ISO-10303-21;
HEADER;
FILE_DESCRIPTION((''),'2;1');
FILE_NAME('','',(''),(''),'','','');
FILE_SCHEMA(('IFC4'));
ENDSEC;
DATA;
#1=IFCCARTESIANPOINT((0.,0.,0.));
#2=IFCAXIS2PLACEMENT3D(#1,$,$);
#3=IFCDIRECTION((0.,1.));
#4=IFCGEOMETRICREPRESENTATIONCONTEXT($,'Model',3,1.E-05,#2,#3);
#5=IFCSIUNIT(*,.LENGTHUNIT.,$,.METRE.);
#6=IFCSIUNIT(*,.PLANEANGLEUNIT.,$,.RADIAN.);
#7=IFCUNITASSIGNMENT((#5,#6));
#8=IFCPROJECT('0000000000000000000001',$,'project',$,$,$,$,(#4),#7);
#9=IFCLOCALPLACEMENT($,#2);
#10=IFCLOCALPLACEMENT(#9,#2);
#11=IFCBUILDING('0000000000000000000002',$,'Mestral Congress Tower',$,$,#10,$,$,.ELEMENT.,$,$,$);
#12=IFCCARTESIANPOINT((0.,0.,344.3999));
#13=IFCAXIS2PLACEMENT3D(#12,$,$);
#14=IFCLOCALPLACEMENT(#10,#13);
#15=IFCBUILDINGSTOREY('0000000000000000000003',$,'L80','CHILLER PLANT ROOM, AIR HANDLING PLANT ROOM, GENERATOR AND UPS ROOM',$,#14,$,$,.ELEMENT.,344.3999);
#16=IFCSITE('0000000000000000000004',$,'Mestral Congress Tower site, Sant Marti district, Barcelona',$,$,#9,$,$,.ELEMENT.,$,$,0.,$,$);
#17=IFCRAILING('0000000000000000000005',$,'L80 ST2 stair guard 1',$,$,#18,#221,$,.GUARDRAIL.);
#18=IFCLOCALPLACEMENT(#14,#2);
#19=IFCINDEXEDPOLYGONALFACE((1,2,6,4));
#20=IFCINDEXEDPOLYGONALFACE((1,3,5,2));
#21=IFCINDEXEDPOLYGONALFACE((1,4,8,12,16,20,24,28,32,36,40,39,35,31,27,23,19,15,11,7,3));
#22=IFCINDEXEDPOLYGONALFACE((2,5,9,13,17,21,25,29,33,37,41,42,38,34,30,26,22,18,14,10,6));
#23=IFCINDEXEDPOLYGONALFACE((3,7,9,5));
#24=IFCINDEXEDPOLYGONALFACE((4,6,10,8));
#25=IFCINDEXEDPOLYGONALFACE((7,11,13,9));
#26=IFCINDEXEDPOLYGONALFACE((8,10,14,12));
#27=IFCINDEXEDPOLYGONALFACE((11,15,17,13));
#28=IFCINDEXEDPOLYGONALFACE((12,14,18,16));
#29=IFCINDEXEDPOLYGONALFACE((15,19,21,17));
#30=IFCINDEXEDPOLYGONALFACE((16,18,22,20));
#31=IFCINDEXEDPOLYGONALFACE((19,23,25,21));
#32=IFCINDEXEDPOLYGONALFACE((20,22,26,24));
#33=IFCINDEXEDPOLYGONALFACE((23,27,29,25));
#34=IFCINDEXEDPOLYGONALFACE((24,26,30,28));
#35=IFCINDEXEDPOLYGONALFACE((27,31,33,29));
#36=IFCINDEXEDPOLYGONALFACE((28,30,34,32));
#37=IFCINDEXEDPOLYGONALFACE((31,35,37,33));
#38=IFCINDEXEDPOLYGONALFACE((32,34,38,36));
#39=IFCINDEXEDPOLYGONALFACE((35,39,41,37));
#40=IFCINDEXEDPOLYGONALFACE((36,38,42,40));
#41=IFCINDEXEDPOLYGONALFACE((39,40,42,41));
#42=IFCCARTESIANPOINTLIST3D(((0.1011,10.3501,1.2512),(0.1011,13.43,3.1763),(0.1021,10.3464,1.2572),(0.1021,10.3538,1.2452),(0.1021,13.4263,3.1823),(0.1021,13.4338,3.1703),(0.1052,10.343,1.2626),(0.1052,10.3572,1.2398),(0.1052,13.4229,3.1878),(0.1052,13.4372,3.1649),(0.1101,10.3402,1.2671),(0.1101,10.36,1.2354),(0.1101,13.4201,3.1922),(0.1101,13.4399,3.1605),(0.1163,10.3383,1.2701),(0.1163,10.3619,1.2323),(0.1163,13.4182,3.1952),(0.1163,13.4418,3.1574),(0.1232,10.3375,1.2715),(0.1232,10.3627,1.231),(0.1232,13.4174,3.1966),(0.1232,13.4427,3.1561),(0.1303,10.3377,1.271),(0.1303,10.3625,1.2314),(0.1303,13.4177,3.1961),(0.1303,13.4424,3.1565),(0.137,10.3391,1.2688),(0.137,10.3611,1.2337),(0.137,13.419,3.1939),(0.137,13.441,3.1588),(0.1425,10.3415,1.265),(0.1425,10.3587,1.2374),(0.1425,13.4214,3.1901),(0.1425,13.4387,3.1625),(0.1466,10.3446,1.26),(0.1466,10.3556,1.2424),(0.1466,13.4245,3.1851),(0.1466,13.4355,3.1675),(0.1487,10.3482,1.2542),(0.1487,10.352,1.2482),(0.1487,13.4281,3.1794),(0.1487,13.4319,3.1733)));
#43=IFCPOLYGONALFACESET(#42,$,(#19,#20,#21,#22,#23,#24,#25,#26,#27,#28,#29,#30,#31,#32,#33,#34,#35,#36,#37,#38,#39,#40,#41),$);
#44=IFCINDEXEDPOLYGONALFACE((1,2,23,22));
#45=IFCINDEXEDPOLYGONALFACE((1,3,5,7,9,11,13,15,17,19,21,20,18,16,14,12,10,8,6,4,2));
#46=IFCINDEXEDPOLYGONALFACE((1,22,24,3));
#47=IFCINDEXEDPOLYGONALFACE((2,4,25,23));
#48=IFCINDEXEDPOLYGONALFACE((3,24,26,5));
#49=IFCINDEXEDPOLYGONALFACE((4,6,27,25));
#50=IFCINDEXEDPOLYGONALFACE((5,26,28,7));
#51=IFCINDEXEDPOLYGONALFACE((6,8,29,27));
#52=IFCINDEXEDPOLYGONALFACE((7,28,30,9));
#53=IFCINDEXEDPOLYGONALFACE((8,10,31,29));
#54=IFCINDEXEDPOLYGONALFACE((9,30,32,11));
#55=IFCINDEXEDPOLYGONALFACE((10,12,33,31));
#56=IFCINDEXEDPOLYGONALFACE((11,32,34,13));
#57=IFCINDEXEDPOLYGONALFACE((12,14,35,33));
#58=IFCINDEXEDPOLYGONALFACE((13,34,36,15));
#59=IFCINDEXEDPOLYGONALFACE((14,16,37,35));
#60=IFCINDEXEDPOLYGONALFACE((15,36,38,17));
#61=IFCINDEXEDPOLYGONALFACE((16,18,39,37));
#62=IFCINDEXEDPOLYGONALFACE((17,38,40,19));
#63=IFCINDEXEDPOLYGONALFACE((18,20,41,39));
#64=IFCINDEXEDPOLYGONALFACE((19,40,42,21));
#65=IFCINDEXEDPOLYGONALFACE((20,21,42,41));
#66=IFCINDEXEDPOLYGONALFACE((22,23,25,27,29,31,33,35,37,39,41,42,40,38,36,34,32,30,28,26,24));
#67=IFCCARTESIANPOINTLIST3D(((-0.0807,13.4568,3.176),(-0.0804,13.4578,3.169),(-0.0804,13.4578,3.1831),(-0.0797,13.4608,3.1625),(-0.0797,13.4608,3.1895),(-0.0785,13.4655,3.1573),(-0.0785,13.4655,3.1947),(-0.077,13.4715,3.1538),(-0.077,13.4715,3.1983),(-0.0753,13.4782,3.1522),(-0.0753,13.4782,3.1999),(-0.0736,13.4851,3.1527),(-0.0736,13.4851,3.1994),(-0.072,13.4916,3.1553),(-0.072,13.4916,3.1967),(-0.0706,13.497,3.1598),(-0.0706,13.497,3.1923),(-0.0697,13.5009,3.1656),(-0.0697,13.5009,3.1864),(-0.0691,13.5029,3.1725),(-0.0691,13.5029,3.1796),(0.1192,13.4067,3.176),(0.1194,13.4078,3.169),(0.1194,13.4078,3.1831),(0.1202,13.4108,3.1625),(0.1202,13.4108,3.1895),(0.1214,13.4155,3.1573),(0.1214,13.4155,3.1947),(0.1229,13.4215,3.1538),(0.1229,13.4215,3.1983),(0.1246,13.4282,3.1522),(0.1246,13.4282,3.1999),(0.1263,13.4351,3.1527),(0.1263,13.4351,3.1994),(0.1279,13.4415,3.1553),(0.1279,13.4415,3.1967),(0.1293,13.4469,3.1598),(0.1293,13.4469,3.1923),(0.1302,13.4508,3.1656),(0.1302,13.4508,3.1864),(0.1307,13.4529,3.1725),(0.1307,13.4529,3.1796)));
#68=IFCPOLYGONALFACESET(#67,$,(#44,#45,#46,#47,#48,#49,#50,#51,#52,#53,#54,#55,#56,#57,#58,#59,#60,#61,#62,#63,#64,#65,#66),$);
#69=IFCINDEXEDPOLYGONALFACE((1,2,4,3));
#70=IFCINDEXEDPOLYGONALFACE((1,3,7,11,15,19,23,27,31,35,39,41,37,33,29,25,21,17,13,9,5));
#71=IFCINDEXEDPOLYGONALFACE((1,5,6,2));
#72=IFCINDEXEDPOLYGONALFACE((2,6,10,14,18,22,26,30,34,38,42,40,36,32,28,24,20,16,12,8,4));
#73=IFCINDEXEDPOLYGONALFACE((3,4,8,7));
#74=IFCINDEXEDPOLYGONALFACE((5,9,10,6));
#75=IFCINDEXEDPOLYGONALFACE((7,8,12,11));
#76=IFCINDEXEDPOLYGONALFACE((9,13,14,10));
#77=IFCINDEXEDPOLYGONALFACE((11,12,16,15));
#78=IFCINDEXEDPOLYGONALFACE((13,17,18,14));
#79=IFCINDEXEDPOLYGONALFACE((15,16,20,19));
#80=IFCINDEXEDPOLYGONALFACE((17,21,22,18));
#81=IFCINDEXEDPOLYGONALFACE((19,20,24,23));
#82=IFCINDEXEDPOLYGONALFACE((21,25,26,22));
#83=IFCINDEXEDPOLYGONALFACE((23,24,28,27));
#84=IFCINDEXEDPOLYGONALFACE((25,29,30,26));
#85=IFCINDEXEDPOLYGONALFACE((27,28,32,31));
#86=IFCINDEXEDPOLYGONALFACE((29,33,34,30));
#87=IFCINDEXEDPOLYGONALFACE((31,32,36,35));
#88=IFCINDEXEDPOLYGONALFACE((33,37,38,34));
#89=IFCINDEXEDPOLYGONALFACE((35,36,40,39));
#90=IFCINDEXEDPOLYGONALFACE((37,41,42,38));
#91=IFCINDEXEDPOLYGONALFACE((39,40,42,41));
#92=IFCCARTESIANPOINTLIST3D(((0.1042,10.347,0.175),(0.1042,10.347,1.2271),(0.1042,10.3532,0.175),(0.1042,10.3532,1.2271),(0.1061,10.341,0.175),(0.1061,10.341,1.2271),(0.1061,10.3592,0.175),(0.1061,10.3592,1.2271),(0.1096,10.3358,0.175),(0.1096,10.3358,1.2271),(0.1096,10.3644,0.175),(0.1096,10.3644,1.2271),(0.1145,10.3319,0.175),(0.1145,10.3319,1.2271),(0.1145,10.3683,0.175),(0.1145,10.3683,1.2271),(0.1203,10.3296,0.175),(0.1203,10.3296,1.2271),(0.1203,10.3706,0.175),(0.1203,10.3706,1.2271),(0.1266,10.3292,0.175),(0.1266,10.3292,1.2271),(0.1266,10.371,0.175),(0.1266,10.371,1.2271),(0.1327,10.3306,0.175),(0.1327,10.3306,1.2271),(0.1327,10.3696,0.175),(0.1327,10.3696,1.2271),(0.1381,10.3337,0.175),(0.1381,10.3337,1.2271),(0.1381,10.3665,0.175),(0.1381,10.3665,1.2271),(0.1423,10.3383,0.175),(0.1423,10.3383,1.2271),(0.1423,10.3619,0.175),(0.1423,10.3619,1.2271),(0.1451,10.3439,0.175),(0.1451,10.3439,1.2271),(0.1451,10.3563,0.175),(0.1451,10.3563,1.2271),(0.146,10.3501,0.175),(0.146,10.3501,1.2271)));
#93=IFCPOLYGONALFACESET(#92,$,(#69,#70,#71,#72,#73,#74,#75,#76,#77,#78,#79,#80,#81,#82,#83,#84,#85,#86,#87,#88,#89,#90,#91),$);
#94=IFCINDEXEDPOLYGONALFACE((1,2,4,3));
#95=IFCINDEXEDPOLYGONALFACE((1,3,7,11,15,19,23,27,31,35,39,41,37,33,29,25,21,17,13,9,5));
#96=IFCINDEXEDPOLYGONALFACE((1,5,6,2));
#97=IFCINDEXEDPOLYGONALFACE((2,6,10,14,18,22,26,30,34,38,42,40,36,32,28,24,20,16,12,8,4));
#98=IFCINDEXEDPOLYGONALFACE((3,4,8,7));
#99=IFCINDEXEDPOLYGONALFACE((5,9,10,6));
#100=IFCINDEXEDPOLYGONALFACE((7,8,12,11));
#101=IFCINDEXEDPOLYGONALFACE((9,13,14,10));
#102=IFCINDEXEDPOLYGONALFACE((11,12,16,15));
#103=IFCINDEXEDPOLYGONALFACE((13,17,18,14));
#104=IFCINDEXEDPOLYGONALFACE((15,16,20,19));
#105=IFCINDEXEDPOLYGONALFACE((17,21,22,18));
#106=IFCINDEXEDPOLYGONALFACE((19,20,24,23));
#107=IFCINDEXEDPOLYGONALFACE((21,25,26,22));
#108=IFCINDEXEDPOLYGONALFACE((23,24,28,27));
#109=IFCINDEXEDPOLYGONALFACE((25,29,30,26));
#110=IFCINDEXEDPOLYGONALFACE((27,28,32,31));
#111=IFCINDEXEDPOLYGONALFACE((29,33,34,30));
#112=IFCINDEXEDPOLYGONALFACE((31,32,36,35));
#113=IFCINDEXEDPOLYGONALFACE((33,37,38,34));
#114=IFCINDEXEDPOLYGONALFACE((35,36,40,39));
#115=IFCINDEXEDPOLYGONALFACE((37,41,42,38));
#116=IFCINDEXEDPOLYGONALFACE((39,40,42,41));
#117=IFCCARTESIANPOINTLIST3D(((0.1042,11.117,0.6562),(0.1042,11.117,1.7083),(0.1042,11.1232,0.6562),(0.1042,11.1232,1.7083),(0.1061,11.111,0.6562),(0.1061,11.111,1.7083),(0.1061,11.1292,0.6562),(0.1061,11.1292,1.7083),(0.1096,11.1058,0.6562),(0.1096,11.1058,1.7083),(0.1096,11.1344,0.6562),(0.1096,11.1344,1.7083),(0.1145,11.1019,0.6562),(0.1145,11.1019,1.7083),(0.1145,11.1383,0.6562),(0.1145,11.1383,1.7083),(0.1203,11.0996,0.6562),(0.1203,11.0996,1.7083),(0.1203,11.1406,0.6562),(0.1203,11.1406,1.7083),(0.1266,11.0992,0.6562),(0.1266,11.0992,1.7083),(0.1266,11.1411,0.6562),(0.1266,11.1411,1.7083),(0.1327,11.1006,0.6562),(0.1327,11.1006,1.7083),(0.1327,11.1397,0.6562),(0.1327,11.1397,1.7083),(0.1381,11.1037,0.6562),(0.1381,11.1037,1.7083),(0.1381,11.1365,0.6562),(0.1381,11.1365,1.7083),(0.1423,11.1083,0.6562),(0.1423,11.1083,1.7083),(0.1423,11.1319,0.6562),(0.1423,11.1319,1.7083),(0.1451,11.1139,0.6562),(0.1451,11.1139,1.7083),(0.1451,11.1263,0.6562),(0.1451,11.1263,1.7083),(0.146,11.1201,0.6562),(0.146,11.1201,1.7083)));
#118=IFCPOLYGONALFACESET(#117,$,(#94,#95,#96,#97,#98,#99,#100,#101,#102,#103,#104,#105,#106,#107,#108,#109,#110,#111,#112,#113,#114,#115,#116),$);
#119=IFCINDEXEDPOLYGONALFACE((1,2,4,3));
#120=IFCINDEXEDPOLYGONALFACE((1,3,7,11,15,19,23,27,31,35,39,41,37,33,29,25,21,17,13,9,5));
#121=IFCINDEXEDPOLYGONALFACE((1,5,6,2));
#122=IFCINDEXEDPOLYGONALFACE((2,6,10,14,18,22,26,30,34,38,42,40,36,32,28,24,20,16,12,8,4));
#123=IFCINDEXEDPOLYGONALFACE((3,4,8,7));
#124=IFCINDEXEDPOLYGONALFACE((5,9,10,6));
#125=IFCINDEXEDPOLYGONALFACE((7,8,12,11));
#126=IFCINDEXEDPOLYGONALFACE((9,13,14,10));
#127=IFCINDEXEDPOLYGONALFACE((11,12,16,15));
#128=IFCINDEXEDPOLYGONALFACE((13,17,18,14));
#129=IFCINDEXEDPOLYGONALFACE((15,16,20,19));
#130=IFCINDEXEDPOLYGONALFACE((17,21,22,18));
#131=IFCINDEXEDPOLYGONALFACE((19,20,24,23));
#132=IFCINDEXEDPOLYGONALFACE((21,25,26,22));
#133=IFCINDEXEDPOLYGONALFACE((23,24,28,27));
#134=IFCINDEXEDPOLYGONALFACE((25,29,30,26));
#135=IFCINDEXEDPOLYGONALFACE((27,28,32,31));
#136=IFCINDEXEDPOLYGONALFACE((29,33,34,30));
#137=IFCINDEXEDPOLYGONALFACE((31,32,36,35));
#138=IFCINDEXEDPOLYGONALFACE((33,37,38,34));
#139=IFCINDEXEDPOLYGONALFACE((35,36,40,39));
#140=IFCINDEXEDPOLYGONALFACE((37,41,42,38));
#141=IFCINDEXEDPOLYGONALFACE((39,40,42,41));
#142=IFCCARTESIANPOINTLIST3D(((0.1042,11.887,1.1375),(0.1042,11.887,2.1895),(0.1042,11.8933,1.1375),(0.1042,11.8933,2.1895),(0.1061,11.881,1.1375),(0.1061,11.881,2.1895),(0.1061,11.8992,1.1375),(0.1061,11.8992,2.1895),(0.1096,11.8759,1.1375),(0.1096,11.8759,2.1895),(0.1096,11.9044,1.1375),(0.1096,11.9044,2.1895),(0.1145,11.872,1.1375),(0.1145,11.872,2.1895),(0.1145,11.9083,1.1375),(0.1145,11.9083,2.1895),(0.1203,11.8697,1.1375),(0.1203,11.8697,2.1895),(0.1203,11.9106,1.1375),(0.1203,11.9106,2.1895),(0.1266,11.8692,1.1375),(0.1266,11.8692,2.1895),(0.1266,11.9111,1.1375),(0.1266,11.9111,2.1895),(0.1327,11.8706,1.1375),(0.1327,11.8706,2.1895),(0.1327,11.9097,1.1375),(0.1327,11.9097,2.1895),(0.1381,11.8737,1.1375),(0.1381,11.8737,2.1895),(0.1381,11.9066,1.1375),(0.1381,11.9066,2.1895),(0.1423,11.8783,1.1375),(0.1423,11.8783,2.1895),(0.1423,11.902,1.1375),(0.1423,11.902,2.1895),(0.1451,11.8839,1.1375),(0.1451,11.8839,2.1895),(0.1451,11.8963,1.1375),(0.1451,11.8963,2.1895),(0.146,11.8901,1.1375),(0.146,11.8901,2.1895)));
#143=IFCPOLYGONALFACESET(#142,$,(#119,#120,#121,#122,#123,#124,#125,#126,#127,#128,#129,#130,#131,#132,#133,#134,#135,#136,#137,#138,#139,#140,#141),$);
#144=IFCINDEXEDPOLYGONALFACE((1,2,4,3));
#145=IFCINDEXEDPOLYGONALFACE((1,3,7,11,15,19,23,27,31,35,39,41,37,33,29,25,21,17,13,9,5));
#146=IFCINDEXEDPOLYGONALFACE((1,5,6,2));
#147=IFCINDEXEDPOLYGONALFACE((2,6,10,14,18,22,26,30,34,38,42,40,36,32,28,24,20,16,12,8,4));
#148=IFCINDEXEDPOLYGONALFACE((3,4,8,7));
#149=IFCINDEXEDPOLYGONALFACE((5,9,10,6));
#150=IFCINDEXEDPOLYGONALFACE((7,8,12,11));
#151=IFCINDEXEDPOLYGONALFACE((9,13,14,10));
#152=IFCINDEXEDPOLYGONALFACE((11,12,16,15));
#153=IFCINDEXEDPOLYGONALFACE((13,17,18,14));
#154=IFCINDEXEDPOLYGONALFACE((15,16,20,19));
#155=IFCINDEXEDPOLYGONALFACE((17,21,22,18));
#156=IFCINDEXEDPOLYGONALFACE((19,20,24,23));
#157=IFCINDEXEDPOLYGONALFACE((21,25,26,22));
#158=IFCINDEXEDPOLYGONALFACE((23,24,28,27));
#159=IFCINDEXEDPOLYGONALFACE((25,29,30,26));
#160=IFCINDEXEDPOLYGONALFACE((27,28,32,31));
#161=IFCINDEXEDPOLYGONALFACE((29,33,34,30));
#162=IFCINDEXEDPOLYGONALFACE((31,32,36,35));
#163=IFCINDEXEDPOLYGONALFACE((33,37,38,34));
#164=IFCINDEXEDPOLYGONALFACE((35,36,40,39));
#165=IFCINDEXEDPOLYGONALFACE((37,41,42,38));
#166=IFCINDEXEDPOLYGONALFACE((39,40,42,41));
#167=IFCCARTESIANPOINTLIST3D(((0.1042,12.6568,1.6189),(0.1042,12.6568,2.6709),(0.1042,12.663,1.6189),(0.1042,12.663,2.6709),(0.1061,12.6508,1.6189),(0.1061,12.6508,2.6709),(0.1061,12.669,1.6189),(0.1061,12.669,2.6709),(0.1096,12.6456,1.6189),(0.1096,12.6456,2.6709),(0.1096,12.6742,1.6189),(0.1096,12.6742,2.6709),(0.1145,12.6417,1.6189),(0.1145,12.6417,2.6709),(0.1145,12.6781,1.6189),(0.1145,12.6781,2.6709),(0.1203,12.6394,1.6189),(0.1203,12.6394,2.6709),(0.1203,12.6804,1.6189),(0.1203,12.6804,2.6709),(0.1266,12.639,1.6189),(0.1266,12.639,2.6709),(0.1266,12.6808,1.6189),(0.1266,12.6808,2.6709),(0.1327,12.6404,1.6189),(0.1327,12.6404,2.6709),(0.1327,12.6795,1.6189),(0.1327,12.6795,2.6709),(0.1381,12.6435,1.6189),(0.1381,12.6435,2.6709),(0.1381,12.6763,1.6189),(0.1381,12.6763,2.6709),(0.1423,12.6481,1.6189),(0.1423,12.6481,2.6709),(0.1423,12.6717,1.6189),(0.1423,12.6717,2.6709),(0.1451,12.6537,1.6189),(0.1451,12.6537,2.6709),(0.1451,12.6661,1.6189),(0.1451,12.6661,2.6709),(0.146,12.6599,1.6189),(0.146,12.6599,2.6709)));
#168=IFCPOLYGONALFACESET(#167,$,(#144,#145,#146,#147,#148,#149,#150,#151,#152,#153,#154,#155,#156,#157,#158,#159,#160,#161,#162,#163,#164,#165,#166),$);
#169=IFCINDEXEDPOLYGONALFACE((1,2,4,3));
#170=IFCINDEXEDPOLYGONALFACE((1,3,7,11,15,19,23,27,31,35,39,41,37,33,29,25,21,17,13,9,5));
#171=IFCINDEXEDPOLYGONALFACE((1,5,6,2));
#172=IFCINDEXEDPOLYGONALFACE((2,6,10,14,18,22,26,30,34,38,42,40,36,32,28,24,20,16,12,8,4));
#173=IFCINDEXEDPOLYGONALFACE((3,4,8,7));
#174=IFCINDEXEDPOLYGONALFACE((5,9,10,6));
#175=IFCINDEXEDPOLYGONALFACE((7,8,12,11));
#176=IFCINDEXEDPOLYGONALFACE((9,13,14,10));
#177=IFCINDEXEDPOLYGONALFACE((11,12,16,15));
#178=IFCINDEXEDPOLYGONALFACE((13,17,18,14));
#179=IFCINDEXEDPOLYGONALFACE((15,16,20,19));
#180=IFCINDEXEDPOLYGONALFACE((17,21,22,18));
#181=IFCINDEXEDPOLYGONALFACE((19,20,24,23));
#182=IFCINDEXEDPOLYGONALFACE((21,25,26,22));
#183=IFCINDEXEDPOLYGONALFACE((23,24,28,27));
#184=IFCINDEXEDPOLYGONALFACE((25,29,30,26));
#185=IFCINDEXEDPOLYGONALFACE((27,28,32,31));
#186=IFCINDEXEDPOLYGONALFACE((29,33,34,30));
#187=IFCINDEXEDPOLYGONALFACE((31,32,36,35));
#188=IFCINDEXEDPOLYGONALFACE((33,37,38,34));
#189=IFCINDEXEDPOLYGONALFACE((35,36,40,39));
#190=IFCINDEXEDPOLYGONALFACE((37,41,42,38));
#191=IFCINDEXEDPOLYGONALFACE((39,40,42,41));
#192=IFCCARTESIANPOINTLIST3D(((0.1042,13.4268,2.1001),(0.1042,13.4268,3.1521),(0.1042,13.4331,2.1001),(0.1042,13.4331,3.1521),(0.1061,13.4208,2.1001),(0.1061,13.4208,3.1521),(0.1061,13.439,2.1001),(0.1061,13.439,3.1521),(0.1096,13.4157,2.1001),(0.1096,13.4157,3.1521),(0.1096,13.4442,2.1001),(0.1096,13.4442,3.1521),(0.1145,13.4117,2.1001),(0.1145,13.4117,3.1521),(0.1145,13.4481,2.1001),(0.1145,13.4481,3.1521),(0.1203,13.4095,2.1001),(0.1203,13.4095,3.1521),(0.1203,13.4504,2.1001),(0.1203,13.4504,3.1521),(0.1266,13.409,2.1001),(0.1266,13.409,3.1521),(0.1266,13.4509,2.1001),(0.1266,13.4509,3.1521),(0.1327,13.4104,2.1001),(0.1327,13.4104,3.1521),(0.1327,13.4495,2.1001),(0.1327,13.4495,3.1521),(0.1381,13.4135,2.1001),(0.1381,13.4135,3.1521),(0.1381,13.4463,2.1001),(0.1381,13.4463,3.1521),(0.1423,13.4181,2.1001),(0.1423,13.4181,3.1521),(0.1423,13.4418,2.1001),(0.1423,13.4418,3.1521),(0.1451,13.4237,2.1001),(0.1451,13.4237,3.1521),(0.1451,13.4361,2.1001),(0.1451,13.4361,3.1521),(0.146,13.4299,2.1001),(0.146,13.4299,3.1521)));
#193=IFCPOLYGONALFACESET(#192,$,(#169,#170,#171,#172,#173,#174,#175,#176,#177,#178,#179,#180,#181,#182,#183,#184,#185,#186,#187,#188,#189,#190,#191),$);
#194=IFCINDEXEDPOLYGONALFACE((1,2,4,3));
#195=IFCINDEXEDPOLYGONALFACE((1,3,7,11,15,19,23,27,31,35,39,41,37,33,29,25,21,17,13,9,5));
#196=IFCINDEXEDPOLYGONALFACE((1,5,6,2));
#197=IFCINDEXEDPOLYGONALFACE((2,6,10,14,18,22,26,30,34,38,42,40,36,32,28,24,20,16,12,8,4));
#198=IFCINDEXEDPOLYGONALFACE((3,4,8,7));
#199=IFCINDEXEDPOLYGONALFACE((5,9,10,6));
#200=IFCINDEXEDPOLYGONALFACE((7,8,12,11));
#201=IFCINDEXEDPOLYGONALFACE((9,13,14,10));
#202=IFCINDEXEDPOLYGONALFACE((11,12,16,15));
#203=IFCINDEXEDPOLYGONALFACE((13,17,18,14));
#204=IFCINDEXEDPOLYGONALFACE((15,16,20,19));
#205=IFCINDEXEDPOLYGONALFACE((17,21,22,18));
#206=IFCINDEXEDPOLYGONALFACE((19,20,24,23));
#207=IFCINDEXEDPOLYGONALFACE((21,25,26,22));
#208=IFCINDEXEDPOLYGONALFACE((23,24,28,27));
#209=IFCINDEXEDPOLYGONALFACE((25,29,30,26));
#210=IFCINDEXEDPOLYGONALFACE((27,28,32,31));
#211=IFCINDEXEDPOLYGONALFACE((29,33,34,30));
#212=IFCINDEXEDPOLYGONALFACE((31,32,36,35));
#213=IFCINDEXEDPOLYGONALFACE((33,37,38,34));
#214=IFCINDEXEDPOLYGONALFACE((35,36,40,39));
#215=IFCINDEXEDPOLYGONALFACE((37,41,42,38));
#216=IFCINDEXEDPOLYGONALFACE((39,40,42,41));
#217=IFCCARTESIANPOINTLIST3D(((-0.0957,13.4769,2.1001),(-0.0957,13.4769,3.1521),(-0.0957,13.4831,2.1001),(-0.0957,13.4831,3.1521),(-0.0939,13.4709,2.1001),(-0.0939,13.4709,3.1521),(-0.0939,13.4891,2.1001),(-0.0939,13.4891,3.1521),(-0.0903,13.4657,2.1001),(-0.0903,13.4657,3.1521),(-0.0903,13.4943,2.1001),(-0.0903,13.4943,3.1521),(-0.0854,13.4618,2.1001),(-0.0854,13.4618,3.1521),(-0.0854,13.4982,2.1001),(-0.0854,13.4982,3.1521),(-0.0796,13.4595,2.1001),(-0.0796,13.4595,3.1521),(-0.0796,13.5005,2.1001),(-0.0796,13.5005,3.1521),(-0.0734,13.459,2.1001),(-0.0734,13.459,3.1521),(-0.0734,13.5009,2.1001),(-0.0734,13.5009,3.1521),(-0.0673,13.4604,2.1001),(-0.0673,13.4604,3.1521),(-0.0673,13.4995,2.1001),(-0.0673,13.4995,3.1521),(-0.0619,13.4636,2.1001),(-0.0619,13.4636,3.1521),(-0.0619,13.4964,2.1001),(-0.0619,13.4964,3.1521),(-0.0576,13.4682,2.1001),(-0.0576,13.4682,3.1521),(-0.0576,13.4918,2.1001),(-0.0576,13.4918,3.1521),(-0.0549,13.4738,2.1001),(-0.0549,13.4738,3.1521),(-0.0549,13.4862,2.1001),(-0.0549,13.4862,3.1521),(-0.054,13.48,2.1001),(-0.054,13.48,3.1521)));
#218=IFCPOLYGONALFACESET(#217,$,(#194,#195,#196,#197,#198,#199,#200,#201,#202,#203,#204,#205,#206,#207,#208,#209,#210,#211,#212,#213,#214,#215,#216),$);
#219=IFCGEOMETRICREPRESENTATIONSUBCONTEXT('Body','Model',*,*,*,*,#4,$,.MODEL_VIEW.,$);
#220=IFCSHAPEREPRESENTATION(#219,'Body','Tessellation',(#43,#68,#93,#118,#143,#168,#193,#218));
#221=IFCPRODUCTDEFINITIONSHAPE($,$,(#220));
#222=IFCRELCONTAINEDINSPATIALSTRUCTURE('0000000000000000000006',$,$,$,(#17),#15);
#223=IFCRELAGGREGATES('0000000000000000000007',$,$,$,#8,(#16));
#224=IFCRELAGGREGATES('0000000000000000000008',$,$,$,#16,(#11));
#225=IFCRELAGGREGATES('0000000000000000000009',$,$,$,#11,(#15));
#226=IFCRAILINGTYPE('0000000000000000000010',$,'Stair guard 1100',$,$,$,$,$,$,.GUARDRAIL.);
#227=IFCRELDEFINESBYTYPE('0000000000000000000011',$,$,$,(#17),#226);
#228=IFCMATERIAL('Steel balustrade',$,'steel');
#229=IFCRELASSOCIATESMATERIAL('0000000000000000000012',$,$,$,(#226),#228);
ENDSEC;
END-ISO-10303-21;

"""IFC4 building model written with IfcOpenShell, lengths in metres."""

from ifc_helpers import new_model, si_unit, direction, frame, origin, origin_2d, place, context, subcontext, project, spatial, circle, extrude, material, type_object, element, save


model = new_model("IFC4")

# Units and contexts
model_context = context("Model", 3, precision=1e-05, world=origin(), true_north=direction((0.0, 1.0)))
body_context = subcontext(model_context, "Body", "Model", "MODEL_VIEW")
ifc_project = project(units=[si_unit("LENGTHUNIT", "METRE"), si_unit("PLANEANGLEUNIT", "RADIAN")], contexts=[model_context])

# Site, building, storey
site_placement = place(None, origin())
site = spatial("IfcSite", under=ifc_project, at=site_placement, Name="Mestral Congress Tower site, Sant Marti district, Barcelona", CompositionType="ELEMENT", RefElevation=0.0)
building_placement = place(site_placement, origin())
building = spatial("IfcBuilding", under=site, at=building_placement, Name="Mestral Congress Tower", CompositionType="ELEMENT")
storey_placement = place(building_placement, frame((0.0, 0.0, 344.3999)))
storey = spatial("IfcBuildingStorey", under=building, at=storey_placement, Name="L80", Description="CHILLER PLANT ROOM, AIR HANDLING PLANT ROOM, GENERATOR AND UPS ROOM", CompositionType="ELEMENT", Elevation=344.3999)

# Railing
ifc_material_1 = material(Name="Steel balustrade", Category="steel")
railing_type_1 = type_object("IfcRailingType", Name="Stair guard 1100", PredefinedType="GUARDRAIL", material=ifc_material_1)
railing_1_placement = place(storey_placement, frame((0.125, 10.3501, 0.175)))
element("IfcRailing", 1, at=railing_1_placement, inside=storey, type_object=railing_type_1, Name="L80 ST2 stair guard 1", PredefinedType="GUARDRAIL", context=body_context, shape_type="SweptSolid", body=[
    extrude(circle(Radius=0.0239, at=origin_2d()), frame((0.0, 0.0, 1.0762), z_axis=(0.0, 0.847979, 0.530029), x_axis=(-1.0, 0.0, 0.0)), (0.0, 0.0, 1.0), 3.6321),
    extrude(circle(Radius=0.0239, at=origin_2d()), frame((0.0, 3.0798, 3.001), z_axis=(-0.970073, 0.242814, 0.0), x_axis=(-0.242814, -0.970073, 0.0)), (0.0, 0.0, 1.0), 0.2061),
    extrude(circle(Radius=0.021, at=origin_2d()), origin(), (0.0, 0.0, 1.0), 1.052),
    extrude(circle(Radius=0.021, at=origin_2d()), frame((0.0, 0.77, 0.4812)), (0.0, 0.0, 1.0), 1.052),
    extrude(circle(Radius=0.021, at=origin_2d()), frame((0.0, 1.54, 0.9624)), (0.0, 0.0, 1.0), 1.052),
    extrude(circle(Radius=0.021, at=origin_2d()), frame((0.0, 2.3098, 1.4438)), (0.0, 0.0, 1.0), 1.052),
    extrude(circle(Radius=0.021, at=origin_2d()), frame((0.0, 3.0798, 1.925)), (0.0, 0.0, 1.0), 1.052),
    extrude(circle(Radius=0.021, at=origin_2d()), frame((-0.2, 3.1299, 1.925)), (0.0, 0.0, 1.0), 1.052),
])

save(model, "model.ifc")
